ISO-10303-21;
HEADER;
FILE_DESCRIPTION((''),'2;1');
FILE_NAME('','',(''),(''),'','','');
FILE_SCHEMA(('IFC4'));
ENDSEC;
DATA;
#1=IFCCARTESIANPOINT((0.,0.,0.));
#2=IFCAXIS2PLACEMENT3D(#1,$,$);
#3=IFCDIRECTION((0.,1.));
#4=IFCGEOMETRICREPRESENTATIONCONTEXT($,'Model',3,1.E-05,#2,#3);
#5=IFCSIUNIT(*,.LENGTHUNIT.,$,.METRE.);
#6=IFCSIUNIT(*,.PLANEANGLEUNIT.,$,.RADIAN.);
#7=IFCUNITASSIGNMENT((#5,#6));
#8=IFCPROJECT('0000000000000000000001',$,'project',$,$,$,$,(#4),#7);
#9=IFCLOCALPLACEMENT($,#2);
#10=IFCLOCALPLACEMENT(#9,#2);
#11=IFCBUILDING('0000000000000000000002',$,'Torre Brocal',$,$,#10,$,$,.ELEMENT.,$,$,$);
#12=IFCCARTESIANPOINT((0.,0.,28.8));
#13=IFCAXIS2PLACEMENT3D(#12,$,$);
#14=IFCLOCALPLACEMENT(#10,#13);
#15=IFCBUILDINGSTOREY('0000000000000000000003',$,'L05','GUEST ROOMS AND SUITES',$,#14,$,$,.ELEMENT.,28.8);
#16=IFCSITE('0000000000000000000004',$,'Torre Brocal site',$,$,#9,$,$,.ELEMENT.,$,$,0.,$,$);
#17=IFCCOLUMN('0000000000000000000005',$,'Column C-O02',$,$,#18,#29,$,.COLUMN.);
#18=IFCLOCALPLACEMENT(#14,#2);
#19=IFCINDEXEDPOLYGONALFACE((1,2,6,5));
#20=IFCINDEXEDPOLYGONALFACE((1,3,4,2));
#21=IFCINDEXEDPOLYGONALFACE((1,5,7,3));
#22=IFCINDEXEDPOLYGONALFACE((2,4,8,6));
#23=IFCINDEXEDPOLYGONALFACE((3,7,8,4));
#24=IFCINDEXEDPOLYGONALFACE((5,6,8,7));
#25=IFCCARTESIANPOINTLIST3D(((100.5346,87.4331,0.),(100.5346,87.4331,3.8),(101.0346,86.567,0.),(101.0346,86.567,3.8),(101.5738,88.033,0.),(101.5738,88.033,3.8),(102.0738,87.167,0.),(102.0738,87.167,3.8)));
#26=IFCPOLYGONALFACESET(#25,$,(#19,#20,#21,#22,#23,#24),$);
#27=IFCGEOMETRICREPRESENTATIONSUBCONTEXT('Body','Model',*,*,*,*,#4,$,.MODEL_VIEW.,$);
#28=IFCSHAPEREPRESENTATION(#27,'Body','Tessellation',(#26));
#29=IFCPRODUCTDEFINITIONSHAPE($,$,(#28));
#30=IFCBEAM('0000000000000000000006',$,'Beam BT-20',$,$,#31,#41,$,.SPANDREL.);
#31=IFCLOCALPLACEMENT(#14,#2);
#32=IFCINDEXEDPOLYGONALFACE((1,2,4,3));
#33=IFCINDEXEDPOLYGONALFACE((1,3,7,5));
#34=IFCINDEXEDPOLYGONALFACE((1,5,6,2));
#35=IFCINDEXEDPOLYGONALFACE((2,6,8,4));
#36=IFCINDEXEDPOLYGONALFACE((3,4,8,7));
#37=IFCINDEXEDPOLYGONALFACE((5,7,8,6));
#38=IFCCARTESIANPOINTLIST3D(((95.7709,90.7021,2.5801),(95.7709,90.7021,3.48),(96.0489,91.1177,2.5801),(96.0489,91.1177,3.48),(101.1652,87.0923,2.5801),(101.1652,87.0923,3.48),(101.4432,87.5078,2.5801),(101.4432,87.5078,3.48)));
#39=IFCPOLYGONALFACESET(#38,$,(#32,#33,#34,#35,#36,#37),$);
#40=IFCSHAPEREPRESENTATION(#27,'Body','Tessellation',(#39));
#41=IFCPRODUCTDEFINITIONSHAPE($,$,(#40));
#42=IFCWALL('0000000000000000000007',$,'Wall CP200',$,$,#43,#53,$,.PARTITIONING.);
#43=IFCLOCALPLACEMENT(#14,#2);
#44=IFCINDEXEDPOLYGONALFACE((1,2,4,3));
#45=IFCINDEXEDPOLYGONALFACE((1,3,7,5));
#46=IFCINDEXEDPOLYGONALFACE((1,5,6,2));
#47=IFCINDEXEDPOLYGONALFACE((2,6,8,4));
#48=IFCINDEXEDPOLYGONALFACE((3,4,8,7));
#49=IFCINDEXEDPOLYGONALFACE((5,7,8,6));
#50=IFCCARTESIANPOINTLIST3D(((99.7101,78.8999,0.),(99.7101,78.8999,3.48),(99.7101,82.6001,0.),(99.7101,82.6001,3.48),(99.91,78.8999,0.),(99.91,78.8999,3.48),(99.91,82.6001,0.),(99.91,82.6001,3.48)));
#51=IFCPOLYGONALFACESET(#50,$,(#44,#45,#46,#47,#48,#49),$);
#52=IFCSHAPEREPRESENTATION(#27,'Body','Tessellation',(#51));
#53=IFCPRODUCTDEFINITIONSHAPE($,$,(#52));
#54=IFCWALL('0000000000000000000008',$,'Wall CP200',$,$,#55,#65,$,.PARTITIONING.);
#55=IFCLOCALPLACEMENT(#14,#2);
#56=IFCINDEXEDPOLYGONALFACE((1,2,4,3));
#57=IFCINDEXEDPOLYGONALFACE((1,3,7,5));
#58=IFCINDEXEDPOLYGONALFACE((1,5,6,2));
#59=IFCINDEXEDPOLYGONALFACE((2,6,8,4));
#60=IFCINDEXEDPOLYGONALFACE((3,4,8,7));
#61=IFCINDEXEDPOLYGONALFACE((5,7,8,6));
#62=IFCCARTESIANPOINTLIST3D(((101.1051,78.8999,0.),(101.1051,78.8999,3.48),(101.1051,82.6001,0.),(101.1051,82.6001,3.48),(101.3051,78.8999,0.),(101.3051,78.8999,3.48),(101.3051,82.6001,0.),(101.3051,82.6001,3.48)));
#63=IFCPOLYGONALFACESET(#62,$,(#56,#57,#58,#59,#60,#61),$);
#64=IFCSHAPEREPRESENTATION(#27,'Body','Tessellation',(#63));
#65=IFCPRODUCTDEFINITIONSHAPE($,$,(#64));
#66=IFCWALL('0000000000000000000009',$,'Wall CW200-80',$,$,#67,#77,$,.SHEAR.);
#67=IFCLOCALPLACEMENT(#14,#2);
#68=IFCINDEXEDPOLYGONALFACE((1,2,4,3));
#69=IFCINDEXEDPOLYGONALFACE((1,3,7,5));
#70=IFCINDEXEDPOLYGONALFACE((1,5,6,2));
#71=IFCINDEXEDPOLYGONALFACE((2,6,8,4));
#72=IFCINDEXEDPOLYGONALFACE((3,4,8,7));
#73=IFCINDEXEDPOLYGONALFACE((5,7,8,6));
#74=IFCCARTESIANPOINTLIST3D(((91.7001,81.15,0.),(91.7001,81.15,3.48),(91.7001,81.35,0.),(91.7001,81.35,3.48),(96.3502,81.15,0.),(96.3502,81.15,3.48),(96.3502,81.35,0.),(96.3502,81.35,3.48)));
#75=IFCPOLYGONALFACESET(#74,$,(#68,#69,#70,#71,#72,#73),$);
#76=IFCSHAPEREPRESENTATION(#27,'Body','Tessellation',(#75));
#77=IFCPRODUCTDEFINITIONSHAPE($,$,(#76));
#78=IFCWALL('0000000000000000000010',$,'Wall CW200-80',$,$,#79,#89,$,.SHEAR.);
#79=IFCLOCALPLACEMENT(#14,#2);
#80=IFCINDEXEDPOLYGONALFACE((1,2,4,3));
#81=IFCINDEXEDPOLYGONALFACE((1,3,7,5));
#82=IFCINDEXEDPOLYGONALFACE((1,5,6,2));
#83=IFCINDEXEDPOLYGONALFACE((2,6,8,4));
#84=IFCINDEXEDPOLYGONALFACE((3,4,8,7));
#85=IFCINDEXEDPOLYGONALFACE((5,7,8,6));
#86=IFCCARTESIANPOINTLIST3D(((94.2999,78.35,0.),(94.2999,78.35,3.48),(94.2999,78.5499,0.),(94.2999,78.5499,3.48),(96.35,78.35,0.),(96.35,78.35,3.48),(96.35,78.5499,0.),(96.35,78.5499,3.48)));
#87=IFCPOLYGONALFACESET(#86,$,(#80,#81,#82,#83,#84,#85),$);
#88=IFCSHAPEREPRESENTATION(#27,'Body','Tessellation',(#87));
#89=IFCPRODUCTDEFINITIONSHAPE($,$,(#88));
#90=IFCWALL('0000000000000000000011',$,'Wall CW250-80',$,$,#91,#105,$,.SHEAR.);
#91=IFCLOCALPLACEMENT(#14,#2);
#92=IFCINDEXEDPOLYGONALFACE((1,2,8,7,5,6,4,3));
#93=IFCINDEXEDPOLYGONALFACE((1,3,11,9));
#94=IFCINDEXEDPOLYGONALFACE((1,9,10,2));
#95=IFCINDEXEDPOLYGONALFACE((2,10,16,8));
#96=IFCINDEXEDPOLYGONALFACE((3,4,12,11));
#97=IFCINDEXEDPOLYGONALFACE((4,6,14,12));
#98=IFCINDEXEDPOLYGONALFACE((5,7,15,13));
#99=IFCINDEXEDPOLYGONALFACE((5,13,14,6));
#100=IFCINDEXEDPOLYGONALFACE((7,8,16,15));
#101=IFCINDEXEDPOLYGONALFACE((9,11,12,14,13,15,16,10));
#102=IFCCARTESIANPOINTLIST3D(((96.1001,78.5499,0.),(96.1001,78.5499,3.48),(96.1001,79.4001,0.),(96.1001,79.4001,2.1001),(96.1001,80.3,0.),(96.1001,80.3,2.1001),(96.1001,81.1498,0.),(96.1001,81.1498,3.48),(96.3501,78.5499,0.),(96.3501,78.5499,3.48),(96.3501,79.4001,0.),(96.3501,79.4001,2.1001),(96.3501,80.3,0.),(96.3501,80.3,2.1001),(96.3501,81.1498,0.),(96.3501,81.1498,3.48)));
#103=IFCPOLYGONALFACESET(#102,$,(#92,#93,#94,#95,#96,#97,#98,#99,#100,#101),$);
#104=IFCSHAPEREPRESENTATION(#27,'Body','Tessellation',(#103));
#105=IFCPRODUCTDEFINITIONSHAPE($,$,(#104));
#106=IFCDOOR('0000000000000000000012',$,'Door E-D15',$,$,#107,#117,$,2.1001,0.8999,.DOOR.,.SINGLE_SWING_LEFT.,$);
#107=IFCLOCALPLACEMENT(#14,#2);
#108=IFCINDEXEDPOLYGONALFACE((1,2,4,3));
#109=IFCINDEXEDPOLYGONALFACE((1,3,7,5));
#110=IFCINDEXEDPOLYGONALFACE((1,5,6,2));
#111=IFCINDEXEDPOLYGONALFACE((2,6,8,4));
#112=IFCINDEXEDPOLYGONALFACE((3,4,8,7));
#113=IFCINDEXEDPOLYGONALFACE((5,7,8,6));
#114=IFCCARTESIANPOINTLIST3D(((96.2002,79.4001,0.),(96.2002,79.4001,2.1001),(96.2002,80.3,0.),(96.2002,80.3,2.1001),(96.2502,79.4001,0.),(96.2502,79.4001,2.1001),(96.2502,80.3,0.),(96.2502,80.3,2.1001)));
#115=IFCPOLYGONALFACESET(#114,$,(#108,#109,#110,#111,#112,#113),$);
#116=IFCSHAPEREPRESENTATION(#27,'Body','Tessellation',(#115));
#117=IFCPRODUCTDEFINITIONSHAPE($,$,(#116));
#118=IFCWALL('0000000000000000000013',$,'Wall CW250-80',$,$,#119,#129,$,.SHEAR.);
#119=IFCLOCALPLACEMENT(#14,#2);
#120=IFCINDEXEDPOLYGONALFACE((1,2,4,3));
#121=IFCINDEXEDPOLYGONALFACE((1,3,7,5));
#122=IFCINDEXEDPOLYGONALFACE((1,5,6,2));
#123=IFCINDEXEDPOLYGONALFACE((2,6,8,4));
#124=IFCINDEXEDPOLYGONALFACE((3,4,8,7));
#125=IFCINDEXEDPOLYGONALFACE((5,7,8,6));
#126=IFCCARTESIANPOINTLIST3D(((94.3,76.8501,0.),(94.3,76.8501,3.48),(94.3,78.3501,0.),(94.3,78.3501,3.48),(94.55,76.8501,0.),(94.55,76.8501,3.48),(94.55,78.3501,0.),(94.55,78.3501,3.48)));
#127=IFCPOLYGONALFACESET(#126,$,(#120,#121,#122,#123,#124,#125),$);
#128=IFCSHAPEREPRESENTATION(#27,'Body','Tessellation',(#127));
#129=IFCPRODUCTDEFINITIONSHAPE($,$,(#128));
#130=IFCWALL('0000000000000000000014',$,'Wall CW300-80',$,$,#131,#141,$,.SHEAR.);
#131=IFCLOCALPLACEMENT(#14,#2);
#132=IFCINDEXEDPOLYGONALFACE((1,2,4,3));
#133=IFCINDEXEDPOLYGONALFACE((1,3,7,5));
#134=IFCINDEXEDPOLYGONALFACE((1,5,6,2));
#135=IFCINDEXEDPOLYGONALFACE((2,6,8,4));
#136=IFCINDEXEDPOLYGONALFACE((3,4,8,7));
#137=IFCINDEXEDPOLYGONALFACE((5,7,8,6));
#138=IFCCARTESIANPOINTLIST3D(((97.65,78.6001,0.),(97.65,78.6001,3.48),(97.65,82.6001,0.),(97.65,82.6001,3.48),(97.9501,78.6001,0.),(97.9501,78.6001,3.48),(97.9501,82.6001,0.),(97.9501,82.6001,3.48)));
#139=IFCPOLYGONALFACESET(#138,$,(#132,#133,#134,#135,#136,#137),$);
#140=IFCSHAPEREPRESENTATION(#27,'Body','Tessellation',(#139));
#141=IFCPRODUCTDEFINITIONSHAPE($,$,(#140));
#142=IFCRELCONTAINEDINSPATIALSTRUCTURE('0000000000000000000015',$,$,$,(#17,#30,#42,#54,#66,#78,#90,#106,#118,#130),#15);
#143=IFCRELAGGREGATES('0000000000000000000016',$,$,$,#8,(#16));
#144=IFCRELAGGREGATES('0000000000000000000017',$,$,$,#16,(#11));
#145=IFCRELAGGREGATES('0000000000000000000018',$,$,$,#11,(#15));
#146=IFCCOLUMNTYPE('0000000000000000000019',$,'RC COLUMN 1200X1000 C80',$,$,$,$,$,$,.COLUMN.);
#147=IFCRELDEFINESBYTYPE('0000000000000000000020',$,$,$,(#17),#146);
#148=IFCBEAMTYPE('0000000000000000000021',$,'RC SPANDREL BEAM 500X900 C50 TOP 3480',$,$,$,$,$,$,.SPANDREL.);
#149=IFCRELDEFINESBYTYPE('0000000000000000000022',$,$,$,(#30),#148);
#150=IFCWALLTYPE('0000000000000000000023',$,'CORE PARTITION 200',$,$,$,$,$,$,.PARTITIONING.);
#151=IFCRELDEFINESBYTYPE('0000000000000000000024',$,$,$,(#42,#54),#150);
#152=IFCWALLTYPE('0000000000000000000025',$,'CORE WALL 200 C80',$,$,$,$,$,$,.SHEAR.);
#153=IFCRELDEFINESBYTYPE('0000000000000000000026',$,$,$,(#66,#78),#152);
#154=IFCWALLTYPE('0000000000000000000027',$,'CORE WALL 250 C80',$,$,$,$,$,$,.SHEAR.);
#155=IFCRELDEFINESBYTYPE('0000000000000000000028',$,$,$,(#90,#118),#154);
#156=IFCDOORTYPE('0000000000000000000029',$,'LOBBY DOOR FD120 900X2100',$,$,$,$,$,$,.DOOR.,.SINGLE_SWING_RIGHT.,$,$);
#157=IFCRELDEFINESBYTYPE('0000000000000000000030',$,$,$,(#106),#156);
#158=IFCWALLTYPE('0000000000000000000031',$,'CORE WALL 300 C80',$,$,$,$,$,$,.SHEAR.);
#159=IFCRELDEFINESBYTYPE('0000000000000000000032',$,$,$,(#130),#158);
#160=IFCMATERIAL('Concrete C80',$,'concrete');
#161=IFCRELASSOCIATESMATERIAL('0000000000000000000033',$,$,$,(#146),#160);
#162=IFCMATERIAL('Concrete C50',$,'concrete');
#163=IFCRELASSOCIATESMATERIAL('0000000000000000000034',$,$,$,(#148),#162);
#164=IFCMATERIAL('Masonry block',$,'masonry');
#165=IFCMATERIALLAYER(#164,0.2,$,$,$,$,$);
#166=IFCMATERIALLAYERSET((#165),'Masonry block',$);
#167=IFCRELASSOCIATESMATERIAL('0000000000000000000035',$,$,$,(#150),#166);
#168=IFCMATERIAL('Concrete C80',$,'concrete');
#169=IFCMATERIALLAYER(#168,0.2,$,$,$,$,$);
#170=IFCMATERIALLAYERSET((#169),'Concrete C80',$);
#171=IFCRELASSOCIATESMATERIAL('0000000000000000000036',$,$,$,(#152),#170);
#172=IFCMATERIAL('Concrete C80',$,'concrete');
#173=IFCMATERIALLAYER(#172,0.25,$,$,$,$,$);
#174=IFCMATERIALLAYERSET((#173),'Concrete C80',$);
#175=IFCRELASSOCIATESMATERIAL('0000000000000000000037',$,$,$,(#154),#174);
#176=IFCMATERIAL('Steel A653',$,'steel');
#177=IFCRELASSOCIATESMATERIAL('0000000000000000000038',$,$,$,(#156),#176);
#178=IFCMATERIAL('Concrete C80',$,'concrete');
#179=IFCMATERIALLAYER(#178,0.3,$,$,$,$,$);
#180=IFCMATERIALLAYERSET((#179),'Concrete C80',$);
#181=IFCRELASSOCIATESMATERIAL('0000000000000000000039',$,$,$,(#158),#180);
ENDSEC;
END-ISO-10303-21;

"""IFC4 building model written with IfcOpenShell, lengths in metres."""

from ifc_helpers import new_model, si_unit, direction, frame, frame_2d, origin, origin_2d, place, context, subcontext, project, spatial, rectangle, extrude, material, layer, layer_set, material_profile, profile_set, type_object, element, fill, save


model = new_model("IFC4")

# Units and contexts
model_context = context("Model", 3, precision=1e-05, world=origin(), true_north=direction((0.0, 1.0)))
body_context = subcontext(model_context, "Body", "Model", "MODEL_VIEW")
ifc_project = project(units=[si_unit("LENGTHUNIT", "METRE"), si_unit("PLANEANGLEUNIT", "RADIAN")], contexts=[model_context])

# Site, building, storey
site_placement = place(None, origin())
site = spatial("IfcSite", under=ifc_project, at=site_placement, Name="Torre Brocal site", CompositionType="ELEMENT", RefElevation=0.0)
building_placement = place(site_placement, origin())
building = spatial("IfcBuilding", under=site, at=building_placement, Name="Torre Brocal", CompositionType="ELEMENT")
storey_placement = place(building_placement, frame((0.0, 0.0, 28.8)))
storey = spatial("IfcBuildingStorey", under=building, at=storey_placement, Name="L05", Description="GUEST ROOMS AND SUITES", CompositionType="ELEMENT", Elevation=28.8)

# Column
ifc_material_1 = material(Name="Concrete C80", Category="concrete")
ifc_material_profile_1 = material_profile(ifc_material_1, rectangle(XDim=1.2, YDim=1.0, at=origin_2d()), Name="RC 1200X1000")
ifc_profile_set_1 = profile_set([ifc_material_profile_1], Name="Concrete C80")
column_type = type_object("IfcColumnType", Name="RC COLUMN 1200X1000 C80", PredefinedType="COLUMN", material=ifc_profile_set_1)
column_placement = place(storey_placement, frame((101.3042, 87.3, 0.0), z_axis=(0.0, 0.0, 1.0), x_axis=(0.866025, 0.5, 0.0)))
element("IfcColumn", 1, at=column_placement, inside=storey, type_object=column_type, Name="Column C-O02", PredefinedType="COLUMN", context=body_context, shape_type="SweptSolid", body=[
    extrude(rectangle(XDim=1.2, YDim=1.0, at=origin_2d()), origin(), (0.0, 0.0, 1.0), 3.8),
])

# Beam
ifc_material_2 = material(Name="Concrete C50", Category="concrete")
ifc_material_profile_2 = material_profile(ifc_material_2, rectangle(XDim=0.5, YDim=0.8999, at=origin_2d()), Name="RC 500X900")
ifc_profile_set_2 = profile_set([ifc_material_profile_2], Name="Concrete C50")
beam_type = type_object("IfcBeamType", Name="RC SPANDREL BEAM 500X900 C50 TOP 3480", PredefinedType="SPANDREL", material=ifc_profile_set_2)
beam_placement = place(storey_placement, frame((101.3042, 87.3, 3.03), z_axis=(-0.831077, 0.556158, 0.0), x_axis=(-0.556158, -0.831077, 0.0)))
element("IfcBeam", 2, at=beam_placement, inside=storey, type_object=beam_type, Name="Beam BT-20", PredefinedType="SPANDREL", context=body_context, shape_type="SweptSolid", body=[
    extrude(rectangle(XDim=0.5, YDim=0.8999, at=origin_2d()), origin(), (0.0, 0.0, 1.0), 6.4907),
])

# Walls
ifc_material_3 = material(Name="Masonry block", Category="masonry")
ifc_layer_1 = layer(ifc_material_3, 0.2)
ifc_layer_set_1 = layer_set([ifc_layer_1], Name="Masonry block")
wall_type_1 = type_object("IfcWallType", Name="CORE PARTITION 200", PredefinedType="PARTITIONING", material=ifc_layer_set_1)
for number, where, z_axis, x_axis, name in (
    (3, (99.8101, 78.8999, 0.0), (0.0, 0.0, 1.0), (0.0, 1.0, 0.0), "Wall CP200"),
    (4, (101.2051, 78.8999, 0.0), (0.0, 0.0, 1.0), (0.0, 1.0, 0.0), "Wall CP200"),
):
    element("IfcWall", number, at=place(storey_placement, frame(where, z_axis=z_axis, x_axis=x_axis)), inside=storey, type_object=wall_type_1, Name=name, PredefinedType="PARTITIONING", context=body_context, shape_type="SweptSolid", body=[
        extrude(rectangle(XDim=3.7002, YDim=0.2, at=frame_2d((1.8501, 0.0))), origin(), (0.0, 0.0, 1.0), 3.48),
    ])
ifc_material_4 = material(Name="Concrete C80", Category="concrete")
ifc_layer_2 = layer(ifc_material_4, 0.2)
ifc_layer_set_2 = layer_set([ifc_layer_2], Name="Concrete C80")
wall_type_2 = type_object("IfcWallType", Name="CORE WALL 200 C80", PredefinedType="SHEAR", material=ifc_layer_set_2)
wall_1_placement = place(storey_placement, frame((91.7, 81.25, 0.0), z_axis=(0.0, 0.0, 1.0), x_axis=(1.0, 0.0, 0.0)))
element("IfcWall", 5, at=wall_1_placement, inside=storey, type_object=wall_type_2, Name="Wall CW200-80", PredefinedType="SHEAR", context=body_context, shape_type="SweptSolid", body=[
    extrude(rectangle(XDim=4.6501, YDim=0.2, at=frame_2d((2.3252, 0.0))), origin(), (0.0, 0.0, 1.0), 3.48),
])
wall_2_placement = place(storey_placement, frame((94.3, 78.45, 0.0), z_axis=(0.0, 0.0, 1.0), x_axis=(1.0, 0.0, 0.0)))
element("IfcWall", 6, at=wall_2_placement, inside=storey, type_object=wall_type_2, Name="Wall CW200-80", PredefinedType="SHEAR", context=body_context, shape_type="SweptSolid", body=[
    extrude(rectangle(XDim=2.05, YDim=0.2, at=frame_2d((1.0249, 0.0))), origin(), (0.0, 0.0, 1.0), 3.48),
])

# Wall, opening, door
ifc_material_5 = material(Name="Concrete C80", Category="concrete")
ifc_layer_3 = layer(ifc_material_5, 0.25)
ifc_layer_set_3 = layer_set([ifc_layer_3], Name="Concrete C80")
wall_type_3 = type_object("IfcWallType", Name="CORE WALL 250 C80", PredefinedType="SHEAR", material=ifc_layer_set_3)
wall_3_placement = place(storey_placement, frame((96.2251, 78.55, 0.0), z_axis=(0.0, 0.0, 1.0), x_axis=(0.0, 1.0, 0.0)))
wall_3 = element("IfcWall", 7, at=wall_3_placement, inside=storey, type_object=wall_type_3, Name="Wall CW250-80", PredefinedType="SHEAR", context=body_context, shape_type="SweptSolid", body=[
    extrude(rectangle(XDim=2.5999, YDim=0.25, at=frame_2d((1.2998, 0.0))), origin(), (0.0, 0.0, 1.0), 3.48),
])
opening_1_placement = place(wall_3_placement, frame((0.8501, 0.0, 0.0)))
opening_1 = element("IfcOpeningElement", 8, at=opening_1_placement, cuts=wall_3, PredefinedType="OPENING", context=body_context, shape_type="SweptSolid", body=[
    extrude(rectangle(XDim=0.8999, YDim=2.1001, at=frame_2d((0.45, 1.05))), frame((0.0, 0.135, 0.0), z_axis=(0.0, -1.0, 0.0), x_axis=(1.0, 0.0, 0.0)), (0.0, 0.0, 1.0), 0.27),
])
ifc_material_6 = material(Name="Steel A653", Category="steel")
door_type_1 = type_object("IfcDoorType", Name="LOBBY DOOR FD120 900X2100", OperationType="SINGLE_SWING_RIGHT", PredefinedType="DOOR", material=ifc_material_6)
door_1_placement = place(opening_1_placement, origin())
door_1 = element("IfcDoor", 9, at=door_1_placement, inside=storey, type_object=door_type_1, Name="Door E-D15", OperationType="SINGLE_SWING_LEFT", OverallHeight=2.1001, OverallWidth=0.8999, PredefinedType="DOOR", context=body_context, shape_type="SweptSolid", body=[
    extrude(rectangle(XDim=0.8999, YDim=2.1001, at=frame_2d((0.45, 1.05))), frame((0.0, 0.0249, 0.0), z_axis=(0.0, -1.0, 0.0), x_axis=(1.0, 0.0, 0.0)), (0.0, 0.0, 1.0), 0.05),
])
fill(opening_1, door_1)

# Walls
wall_4_placement = place(storey_placement, frame((94.425, 76.8501, 0.0), z_axis=(0.0, 0.0, 1.0), x_axis=(0.0, 1.0, 0.0)))
element("IfcWall", 10, at=wall_4_placement, inside=storey, type_object=wall_type_3, Name="Wall CW250-80", PredefinedType="SHEAR", context=body_context, shape_type="SweptSolid", body=[
    extrude(rectangle(XDim=1.5, YDim=0.25, at=frame_2d((0.75, 0.0))), origin(), (0.0, 0.0, 1.0), 3.48),
])
ifc_material_7 = material(Name="Concrete C80", Category="concrete")
ifc_layer_4 = layer(ifc_material_7, 0.3)
ifc_layer_set_4 = layer_set([ifc_layer_4], Name="Concrete C80")
wall_type_4 = type_object("IfcWallType", Name="CORE WALL 300 C80", PredefinedType="SHEAR", material=ifc_layer_set_4)
wall_5_placement = place(storey_placement, frame((97.8, 78.6001, 0.0), z_axis=(0.0, 0.0, 1.0), x_axis=(0.0, 1.0, 0.0)))
element("IfcWall", 11, at=wall_5_placement, inside=storey, type_object=wall_type_4, Name="Wall CW300-80", PredefinedType="SHEAR", context=body_context, shape_type="SweptSolid", body=[
    extrude(rectangle(XDim=4.0, YDim=0.3, at=frame_2d((2.0, 0.0))), origin(), (0.0, 0.0, 1.0), 3.48),
])

save(model, "model.ifc")
